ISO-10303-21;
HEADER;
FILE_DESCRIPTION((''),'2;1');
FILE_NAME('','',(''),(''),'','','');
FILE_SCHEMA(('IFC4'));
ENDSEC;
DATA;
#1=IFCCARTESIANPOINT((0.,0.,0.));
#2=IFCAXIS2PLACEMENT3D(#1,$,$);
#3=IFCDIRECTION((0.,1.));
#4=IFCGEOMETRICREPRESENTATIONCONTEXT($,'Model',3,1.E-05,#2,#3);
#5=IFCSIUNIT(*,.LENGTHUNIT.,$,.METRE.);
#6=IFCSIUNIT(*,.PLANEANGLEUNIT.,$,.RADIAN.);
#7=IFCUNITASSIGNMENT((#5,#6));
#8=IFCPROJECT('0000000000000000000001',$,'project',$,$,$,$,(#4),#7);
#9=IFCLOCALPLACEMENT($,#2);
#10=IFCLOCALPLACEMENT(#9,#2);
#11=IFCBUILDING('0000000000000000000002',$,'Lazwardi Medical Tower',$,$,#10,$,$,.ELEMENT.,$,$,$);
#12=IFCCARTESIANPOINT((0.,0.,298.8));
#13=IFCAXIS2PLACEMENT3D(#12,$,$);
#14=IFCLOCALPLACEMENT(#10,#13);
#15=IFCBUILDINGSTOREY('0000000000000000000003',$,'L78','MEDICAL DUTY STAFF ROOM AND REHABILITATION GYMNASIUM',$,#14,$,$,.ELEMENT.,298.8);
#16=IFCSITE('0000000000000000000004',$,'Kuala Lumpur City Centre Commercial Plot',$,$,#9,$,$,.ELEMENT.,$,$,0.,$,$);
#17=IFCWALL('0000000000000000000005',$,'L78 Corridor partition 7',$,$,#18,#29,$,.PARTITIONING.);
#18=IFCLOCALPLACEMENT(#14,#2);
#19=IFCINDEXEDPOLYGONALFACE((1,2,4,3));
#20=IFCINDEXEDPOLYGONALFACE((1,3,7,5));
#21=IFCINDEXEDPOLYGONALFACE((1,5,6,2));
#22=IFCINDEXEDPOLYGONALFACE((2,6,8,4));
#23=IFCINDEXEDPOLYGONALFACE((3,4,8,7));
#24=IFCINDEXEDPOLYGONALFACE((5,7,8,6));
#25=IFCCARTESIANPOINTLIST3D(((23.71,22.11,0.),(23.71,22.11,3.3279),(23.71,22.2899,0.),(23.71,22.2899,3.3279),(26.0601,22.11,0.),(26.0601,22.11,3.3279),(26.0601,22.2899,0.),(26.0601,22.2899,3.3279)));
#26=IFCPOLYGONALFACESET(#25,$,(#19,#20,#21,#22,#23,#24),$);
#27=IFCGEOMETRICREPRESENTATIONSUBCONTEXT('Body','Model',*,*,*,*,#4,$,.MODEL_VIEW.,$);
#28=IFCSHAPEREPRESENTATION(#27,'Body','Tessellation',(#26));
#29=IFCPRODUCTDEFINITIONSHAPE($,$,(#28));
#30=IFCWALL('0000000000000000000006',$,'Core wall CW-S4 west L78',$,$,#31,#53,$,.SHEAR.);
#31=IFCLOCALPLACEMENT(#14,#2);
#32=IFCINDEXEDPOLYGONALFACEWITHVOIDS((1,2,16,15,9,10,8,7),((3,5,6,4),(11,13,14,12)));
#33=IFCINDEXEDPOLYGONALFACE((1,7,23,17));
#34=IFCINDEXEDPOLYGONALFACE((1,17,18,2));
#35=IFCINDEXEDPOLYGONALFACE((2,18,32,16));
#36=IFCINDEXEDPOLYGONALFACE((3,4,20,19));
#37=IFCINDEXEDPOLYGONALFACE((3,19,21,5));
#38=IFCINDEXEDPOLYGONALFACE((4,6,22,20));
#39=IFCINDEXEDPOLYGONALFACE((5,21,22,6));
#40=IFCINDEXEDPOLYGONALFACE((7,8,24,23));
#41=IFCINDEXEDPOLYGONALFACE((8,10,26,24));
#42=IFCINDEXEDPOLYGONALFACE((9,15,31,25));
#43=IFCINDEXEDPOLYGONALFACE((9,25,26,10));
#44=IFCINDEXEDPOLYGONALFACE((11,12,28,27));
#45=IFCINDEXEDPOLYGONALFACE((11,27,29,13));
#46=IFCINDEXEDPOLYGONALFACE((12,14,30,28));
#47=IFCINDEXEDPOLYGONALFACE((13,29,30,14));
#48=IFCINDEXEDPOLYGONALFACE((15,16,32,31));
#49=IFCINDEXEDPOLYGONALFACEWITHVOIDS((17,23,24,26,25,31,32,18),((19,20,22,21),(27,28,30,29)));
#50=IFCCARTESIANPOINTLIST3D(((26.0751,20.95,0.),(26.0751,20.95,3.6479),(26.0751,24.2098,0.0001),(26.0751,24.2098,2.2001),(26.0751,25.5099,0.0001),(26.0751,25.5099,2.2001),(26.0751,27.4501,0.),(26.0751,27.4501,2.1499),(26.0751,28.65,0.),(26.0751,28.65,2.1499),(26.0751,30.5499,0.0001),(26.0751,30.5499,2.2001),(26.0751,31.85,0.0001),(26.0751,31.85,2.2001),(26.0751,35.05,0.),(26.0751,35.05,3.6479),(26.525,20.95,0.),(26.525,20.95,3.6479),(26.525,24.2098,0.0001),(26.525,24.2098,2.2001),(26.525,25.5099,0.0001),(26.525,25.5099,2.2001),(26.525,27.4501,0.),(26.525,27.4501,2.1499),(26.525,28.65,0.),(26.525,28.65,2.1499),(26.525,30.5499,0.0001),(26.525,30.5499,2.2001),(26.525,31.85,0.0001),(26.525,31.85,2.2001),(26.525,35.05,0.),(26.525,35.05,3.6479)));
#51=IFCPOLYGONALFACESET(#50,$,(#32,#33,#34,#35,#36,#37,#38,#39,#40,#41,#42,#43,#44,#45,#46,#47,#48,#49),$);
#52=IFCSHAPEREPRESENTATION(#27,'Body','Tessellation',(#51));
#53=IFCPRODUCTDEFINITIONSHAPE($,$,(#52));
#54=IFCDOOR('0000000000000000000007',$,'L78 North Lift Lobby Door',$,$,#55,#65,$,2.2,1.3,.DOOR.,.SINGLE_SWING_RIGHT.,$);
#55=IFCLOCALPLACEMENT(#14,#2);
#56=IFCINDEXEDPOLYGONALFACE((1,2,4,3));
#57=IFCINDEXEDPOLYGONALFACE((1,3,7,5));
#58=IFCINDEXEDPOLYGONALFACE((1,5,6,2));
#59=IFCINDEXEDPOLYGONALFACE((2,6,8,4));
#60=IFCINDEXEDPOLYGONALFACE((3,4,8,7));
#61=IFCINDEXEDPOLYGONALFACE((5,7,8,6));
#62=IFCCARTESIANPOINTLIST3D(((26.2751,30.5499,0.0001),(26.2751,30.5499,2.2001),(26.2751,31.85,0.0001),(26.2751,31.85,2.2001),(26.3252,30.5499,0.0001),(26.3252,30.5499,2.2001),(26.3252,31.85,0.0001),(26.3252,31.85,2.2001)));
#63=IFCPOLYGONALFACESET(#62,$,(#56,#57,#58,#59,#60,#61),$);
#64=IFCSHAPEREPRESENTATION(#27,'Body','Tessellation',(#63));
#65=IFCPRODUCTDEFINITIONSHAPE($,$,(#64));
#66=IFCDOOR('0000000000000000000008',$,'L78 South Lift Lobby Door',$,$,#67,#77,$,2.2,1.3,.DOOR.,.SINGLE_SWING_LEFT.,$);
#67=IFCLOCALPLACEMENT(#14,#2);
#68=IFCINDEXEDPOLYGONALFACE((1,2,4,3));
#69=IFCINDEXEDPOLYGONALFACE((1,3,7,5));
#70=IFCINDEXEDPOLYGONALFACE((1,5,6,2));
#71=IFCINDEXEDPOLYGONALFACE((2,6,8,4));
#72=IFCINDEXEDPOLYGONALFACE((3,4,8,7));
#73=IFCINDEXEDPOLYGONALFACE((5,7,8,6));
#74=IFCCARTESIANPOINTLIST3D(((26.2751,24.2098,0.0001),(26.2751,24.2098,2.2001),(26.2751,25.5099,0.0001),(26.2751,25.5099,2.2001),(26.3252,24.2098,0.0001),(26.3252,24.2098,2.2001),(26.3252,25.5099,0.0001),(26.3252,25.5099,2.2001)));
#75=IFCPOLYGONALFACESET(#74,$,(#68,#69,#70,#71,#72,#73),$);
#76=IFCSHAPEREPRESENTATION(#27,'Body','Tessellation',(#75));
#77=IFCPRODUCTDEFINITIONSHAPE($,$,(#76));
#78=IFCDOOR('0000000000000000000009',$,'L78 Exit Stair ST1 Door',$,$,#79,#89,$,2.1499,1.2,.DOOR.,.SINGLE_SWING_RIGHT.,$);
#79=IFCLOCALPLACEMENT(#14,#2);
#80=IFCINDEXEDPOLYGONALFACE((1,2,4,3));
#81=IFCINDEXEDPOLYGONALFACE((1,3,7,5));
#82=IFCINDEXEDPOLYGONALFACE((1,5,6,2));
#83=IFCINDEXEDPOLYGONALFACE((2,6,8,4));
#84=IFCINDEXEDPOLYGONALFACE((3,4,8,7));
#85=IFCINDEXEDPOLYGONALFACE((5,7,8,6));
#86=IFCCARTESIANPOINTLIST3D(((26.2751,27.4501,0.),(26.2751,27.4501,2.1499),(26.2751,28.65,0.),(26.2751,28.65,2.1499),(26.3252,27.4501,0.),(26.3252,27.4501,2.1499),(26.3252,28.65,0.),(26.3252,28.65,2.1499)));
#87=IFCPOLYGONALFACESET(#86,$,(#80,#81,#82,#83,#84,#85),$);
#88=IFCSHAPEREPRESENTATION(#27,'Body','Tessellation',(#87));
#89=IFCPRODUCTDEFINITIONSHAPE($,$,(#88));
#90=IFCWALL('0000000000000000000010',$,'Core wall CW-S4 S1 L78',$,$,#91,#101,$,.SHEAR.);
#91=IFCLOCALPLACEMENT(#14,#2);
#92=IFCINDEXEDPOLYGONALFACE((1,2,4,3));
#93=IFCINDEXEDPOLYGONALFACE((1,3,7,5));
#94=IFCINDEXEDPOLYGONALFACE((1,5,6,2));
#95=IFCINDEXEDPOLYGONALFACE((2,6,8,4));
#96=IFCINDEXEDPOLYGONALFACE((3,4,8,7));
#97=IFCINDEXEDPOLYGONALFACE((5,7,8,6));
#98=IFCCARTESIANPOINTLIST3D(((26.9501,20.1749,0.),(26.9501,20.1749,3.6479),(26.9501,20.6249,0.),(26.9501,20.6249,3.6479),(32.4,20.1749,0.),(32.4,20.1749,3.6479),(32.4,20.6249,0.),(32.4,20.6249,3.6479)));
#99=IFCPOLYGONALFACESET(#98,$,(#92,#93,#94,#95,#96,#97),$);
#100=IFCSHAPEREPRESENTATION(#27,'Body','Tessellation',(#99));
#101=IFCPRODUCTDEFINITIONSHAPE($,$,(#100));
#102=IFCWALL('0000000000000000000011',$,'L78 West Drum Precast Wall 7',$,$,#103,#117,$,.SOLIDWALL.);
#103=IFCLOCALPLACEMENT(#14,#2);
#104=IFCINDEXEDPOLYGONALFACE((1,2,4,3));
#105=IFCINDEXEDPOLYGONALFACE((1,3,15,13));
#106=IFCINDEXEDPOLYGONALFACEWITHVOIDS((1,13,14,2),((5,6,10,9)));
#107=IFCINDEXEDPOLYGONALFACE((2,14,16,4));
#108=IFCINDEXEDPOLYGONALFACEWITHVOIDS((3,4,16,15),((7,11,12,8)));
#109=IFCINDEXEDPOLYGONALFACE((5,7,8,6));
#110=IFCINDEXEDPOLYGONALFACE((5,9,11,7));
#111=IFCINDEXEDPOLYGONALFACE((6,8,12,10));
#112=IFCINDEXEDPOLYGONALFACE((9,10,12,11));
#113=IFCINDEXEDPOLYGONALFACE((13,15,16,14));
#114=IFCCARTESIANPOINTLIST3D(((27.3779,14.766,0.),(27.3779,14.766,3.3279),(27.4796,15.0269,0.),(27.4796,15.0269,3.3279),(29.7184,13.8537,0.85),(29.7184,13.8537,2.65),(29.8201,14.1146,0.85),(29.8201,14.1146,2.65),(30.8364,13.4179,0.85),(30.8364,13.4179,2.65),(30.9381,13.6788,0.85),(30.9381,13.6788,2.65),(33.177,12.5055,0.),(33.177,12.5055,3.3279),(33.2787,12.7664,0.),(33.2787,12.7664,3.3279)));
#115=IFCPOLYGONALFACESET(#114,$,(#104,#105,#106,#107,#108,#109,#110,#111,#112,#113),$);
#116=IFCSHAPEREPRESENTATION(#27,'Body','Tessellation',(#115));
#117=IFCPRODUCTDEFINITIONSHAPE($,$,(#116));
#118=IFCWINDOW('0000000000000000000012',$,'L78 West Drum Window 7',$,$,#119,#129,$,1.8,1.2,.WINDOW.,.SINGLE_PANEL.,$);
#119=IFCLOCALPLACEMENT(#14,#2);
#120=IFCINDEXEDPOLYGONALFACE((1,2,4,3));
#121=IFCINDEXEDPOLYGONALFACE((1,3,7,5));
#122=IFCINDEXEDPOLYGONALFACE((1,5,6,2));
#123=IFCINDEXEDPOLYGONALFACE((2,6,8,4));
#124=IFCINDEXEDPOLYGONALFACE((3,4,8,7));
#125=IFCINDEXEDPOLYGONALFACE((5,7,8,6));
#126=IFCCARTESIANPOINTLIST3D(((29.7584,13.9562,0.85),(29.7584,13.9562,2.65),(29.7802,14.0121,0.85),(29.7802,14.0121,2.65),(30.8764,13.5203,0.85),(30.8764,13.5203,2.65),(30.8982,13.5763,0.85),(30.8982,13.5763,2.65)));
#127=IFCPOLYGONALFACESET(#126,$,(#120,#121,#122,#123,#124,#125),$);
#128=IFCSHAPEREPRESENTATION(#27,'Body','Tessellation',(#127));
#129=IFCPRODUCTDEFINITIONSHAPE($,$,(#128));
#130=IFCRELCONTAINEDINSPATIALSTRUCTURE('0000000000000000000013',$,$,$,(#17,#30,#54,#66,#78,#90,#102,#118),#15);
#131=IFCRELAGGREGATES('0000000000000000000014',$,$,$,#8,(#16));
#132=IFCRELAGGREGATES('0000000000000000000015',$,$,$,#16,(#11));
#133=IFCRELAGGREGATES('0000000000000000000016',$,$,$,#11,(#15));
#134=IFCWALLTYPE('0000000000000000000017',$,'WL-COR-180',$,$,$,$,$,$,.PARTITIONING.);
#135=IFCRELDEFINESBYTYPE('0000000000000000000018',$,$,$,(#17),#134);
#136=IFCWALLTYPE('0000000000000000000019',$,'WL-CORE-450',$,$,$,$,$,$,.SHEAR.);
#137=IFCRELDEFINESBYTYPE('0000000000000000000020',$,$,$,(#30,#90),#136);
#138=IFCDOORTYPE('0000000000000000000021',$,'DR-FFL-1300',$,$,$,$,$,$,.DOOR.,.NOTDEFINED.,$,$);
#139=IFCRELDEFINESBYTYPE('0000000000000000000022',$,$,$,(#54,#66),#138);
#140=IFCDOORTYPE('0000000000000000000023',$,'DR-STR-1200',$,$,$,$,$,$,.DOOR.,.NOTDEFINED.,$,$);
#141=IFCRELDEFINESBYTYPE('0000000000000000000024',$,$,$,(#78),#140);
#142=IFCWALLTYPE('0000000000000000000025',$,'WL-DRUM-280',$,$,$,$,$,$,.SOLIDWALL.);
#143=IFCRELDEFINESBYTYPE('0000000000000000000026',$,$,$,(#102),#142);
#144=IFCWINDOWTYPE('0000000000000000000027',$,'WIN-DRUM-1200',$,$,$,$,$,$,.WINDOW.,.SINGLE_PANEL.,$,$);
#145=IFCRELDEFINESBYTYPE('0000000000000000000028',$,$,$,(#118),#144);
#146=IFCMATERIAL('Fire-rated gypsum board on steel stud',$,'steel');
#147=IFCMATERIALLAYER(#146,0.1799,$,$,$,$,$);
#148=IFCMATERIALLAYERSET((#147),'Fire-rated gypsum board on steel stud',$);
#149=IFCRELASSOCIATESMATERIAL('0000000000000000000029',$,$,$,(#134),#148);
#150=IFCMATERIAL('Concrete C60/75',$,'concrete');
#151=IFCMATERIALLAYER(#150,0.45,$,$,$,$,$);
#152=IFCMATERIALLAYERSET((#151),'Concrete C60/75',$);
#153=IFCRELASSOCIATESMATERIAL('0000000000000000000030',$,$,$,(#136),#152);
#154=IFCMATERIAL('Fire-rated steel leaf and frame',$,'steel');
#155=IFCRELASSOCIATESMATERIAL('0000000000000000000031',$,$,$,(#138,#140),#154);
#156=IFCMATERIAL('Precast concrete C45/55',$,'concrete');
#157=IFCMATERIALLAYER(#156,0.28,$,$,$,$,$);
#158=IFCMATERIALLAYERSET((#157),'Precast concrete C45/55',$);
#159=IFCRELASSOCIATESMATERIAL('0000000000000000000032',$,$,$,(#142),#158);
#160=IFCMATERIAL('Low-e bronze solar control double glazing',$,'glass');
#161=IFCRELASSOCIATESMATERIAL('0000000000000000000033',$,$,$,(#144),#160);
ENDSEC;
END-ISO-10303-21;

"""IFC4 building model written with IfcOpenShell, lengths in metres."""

from ifc_helpers import new_model, si_unit, direction, frame, frame_2d, origin, place, context, subcontext, project, spatial, rectangle, extrude, material, layer, layer_set, type_object, element, fill, save


model = new_model("IFC4")

# Units and contexts
model_context = context("Model", 3, precision=1e-05, world=origin(), true_north=direction((0.0, 1.0)))
body_context = subcontext(model_context, "Body", "Model", "MODEL_VIEW")
ifc_project = project(units=[si_unit("LENGTHUNIT", "METRE"), si_unit("PLANEANGLEUNIT", "RADIAN")], contexts=[model_context])

# Site, building, storey
site_placement = place(None, origin())
site = spatial("IfcSite", under=ifc_project, at=site_placement, Name="Kuala Lumpur City Centre Commercial Plot", CompositionType="ELEMENT", RefElevation=0.0)
building_placement = place(site_placement, origin())
building = spatial("IfcBuilding", under=site, at=building_placement, Name="Lazwardi Medical Tower", CompositionType="ELEMENT")
storey_placement = place(building_placement, frame((0.0, 0.0, 298.8)))
storey = spatial("IfcBuildingStorey", under=building, at=storey_placement, Name="L78", Description="MEDICAL DUTY STAFF ROOM AND REHABILITATION GYMNASIUM", CompositionType="ELEMENT", Elevation=298.8)

# Shared definitions
ifc_material_1 = material(Name="Concrete C60/75", Category="concrete")

# Wall
ifc_material_2 = material(Name="Fire-rated gypsum board on steel stud", Category="steel")
ifc_layer_1 = layer(ifc_material_2, 0.1799)
ifc_layer_set_1 = layer_set([ifc_layer_1], Name="Fire-rated gypsum board on steel stud")
wall_type_1 = type_object("IfcWallType", Name="WL-COR-180", PredefinedType="PARTITIONING", material=ifc_layer_set_1)
wall_1_placement = place(storey_placement, frame((26.0601, 22.2, 0.0), z_axis=(0.0, 0.0, 1.0), x_axis=(-1.0, 0.0, 0.0)))
element("IfcWall", 1, at=wall_1_placement, inside=storey, type_object=wall_type_1, Name="L78 Corridor partition 7", PredefinedType="PARTITIONING", context=body_context, shape_type="SweptSolid", body=[
    extrude(rectangle(XDim=2.3501, YDim=0.1799, at=frame_2d((1.175, 0.0))), origin(), (0.0, 0.0, 1.0), 3.3279),
])

# Wall, openings, doors
ifc_layer_2 = layer(ifc_material_1, 0.45)
ifc_layer_set_2 = layer_set([ifc_layer_2], Name="Concrete C60/75")
wall_type_2 = type_object("IfcWallType", Name="WL-CORE-450", PredefinedType="SHEAR", material=ifc_layer_set_2)
wall_2_placement = place(storey_placement, frame((26.3, 20.95, 0.0), z_axis=(0.0, 0.0, 1.0), x_axis=(0.0, 1.0, 0.0)))
wall_2 = element("IfcWall", 2, at=wall_2_placement, inside=storey, type_object=wall_type_2, Name="Core wall CW-S4 west L78", PredefinedType="SHEAR", context=body_context, shape_type="SweptSolid", body=[
    extrude(rectangle(XDim=14.1001, YDim=0.45, at=frame_2d((7.05, 0.0))), origin(), (0.0, 0.0, 1.0), 3.6479),
])
opening_1_placement = place(wall_2_placement, frame((6.5, 0.0, 0.0)))
opening_1 = element("IfcOpeningElement", 3, at=opening_1_placement, cuts=wall_2, PredefinedType="OPENING", context=body_context, shape_type="SweptSolid", body=[
    extrude(rectangle(XDim=1.2, YDim=2.1499, at=frame_2d((0.6001, 1.075))), frame((0.0, 0.2349, 0.0), z_axis=(0.0, -1.0, 0.0), x_axis=(1.0, 0.0, 0.0)), (0.0, 0.0, 1.0), 0.47),
])
opening_2_placement = place(wall_2_placement, frame((9.6001, 0.0, 0.0)))
opening_2 = element("IfcOpeningElement", 4, at=opening_2_placement, cuts=wall_2, PredefinedType="OPENING", context=body_context, shape_type="SweptSolid", body=[
    extrude(rectangle(XDim=1.3, YDim=2.2, at=frame_2d((0.6499, 1.1001))), frame((0.0, 0.2349, 0.0), z_axis=(0.0, -1.0, 0.0), x_axis=(1.0, 0.0, 0.0)), (0.0, 0.0, 1.0), 0.47),
])
opening_3_placement = place(wall_2_placement, frame((3.26, 0.0, 0.0)))
opening_3 = element("IfcOpeningElement", 5, at=opening_3_placement, cuts=wall_2, PredefinedType="OPENING", context=body_context, shape_type="SweptSolid", body=[
    extrude(rectangle(XDim=1.3, YDim=2.2, at=frame_2d((0.6499, 1.1001))), frame((0.0, 0.2349, 0.0), z_axis=(0.0, -1.0, 0.0), x_axis=(1.0, 0.0, 0.0)), (0.0, 0.0, 1.0), 0.47),
])
ifc_material_3 = material(Name="Fire-rated steel leaf and frame", Category="steel")
door_type_1 = type_object("IfcDoorType", Name="DR-FFL-1300", OperationType="NOTDEFINED", PredefinedType="DOOR", material=ifc_material_3)
door_1_placement = place(opening_2_placement, origin())
door_1 = element("IfcDoor", 6, at=door_1_placement, inside=storey, type_object=door_type_1, Name="L78 North Lift Lobby Door", OperationType="SINGLE_SWING_RIGHT", OverallHeight=2.2, OverallWidth=1.3, PredefinedType="DOOR", context=body_context, shape_type="SweptSolid", body=[
    extrude(rectangle(XDim=1.3, YDim=2.2, at=frame_2d((0.6499, 1.1001))), frame((0.0, 0.0249, 0.0), z_axis=(0.0, -1.0, 0.0), x_axis=(1.0, 0.0, 0.0)), (0.0, 0.0, 1.0), 0.05),
])
fill(opening_2, door_1)
door_2_placement = place(opening_3_placement, origin())
door_2 = element("IfcDoor", 7, at=door_2_placement, inside=storey, type_object=door_type_1, Name="L78 South Lift Lobby Door", OperationType="SINGLE_SWING_LEFT", OverallHeight=2.2, OverallWidth=1.3, PredefinedType="DOOR", context=body_context, shape_type="SweptSolid", body=[
    extrude(rectangle(XDim=1.3, YDim=2.2, at=frame_2d((0.6499, 1.1001))), frame((0.0, 0.0249, 0.0), z_axis=(0.0, -1.0, 0.0), x_axis=(1.0, 0.0, 0.0)), (0.0, 0.0, 1.0), 0.05),
])
fill(opening_3, door_2)
door_type_2 = type_object("IfcDoorType", Name="DR-STR-1200", OperationType="NOTDEFINED", PredefinedType="DOOR", material=ifc_material_3)
door_3_placement = place(opening_1_placement, origin())
door_3 = element("IfcDoor", 8, at=door_3_placement, inside=storey, type_object=door_type_2, Name="L78 Exit Stair ST1 Door", OperationType="SINGLE_SWING_RIGHT", OverallHeight=2.1499, OverallWidth=1.2, PredefinedType="DOOR", context=body_context, shape_type="SweptSolid", body=[
    extrude(rectangle(XDim=1.2, YDim=2.1499, at=frame_2d((0.6001, 1.075))), frame((0.0, 0.0249, 0.0), z_axis=(0.0, -1.0, 0.0), x_axis=(1.0, 0.0, 0.0)), (0.0, 0.0, 1.0), 0.05),
])
fill(opening_1, door_3)

# Wall
wall_3_placement = place(storey_placement, frame((26.95, 20.3999, 0.0), z_axis=(0.0, 0.0, 1.0), x_axis=(1.0, 0.0, 0.0)))
element("IfcWall", 9, at=wall_3_placement, inside=storey, type_object=wall_type_2, Name="Core wall CW-S4 S1 L78", PredefinedType="SHEAR", context=body_context, shape_type="SweptSolid", body=[
    extrude(rectangle(XDim=5.45, YDim=0.45, at=frame_2d((2.7251, 0.0))), origin(), (0.0, 0.0, 1.0), 3.6479),
])

# Wall, opening, window
ifc_material_4 = material(Name="Precast concrete C45/55", Category="concrete")
ifc_layer_3 = layer(ifc_material_4, 0.28)
ifc_layer_set_3 = layer_set([ifc_layer_3], Name="Precast concrete C45/55")
wall_type_3 = type_object("IfcWallType", Name="WL-DRUM-280", PredefinedType="SOLIDWALL", material=ifc_layer_set_3)
wall_4_placement = place(storey_placement, frame((27.4287, 14.8965, 0.0), z_axis=(0.0, 0.0, 1.0), x_axis=(0.931717, -0.363186, 0.0)))
wall_4 = element("IfcWall", 10, at=wall_4_placement, inside=storey, type_object=wall_type_3, Name="L78 West Drum Precast Wall 7", PredefinedType="SOLIDWALL", context=body_context, shape_type="SweptSolid", body=[
    extrude(rectangle(XDim=6.2241, YDim=0.28, at=frame_2d((3.1121, 0.0))), origin(), (0.0, 0.0, 1.0), 3.3279),
])
opening_4_placement = place(wall_4_placement, frame((2.512, 0.0, 0.8501)))
opening_4 = element("IfcOpeningElement", 11, at=opening_4_placement, cuts=wall_4, PredefinedType="OPENING", context=body_context, shape_type="SweptSolid", body=[
    extrude(rectangle(XDim=1.2, YDim=1.8, at=frame_2d((0.6001, 0.8999))), frame((0.0, 0.1499, 0.0), z_axis=(0.0, -1.0, 0.0), x_axis=(1.0, 0.0, 0.0)), (0.0, 0.0, 1.0), 0.3),
])
ifc_material_5 = material(Name="Low-e bronze solar control double glazing", Category="glass")
window_type = type_object("IfcWindowType", Name="WIN-DRUM-1200", PartitioningType="SINGLE_PANEL", PredefinedType="WINDOW", material=ifc_material_5)
window_placement = place(opening_4_placement, origin())
window = element("IfcWindow", 12, at=window_placement, inside=storey, type_object=window_type, Name="L78 West Drum Window 7", OverallHeight=1.8, OverallWidth=1.2, PartitioningType="SINGLE_PANEL", PredefinedType="WINDOW", context=body_context, shape_type="SweptSolid", body=[
    extrude(rectangle(XDim=1.2, YDim=1.8, at=frame_2d((0.6001, 0.8999))), frame((0.0, 0.03, 0.0), z_axis=(0.0, -1.0, 0.0), x_axis=(1.0, 0.0, 0.0)), (0.0, 0.0, 1.0), 0.0601),
])
fill(opening_4, window)

save(model, "model.ifc")
